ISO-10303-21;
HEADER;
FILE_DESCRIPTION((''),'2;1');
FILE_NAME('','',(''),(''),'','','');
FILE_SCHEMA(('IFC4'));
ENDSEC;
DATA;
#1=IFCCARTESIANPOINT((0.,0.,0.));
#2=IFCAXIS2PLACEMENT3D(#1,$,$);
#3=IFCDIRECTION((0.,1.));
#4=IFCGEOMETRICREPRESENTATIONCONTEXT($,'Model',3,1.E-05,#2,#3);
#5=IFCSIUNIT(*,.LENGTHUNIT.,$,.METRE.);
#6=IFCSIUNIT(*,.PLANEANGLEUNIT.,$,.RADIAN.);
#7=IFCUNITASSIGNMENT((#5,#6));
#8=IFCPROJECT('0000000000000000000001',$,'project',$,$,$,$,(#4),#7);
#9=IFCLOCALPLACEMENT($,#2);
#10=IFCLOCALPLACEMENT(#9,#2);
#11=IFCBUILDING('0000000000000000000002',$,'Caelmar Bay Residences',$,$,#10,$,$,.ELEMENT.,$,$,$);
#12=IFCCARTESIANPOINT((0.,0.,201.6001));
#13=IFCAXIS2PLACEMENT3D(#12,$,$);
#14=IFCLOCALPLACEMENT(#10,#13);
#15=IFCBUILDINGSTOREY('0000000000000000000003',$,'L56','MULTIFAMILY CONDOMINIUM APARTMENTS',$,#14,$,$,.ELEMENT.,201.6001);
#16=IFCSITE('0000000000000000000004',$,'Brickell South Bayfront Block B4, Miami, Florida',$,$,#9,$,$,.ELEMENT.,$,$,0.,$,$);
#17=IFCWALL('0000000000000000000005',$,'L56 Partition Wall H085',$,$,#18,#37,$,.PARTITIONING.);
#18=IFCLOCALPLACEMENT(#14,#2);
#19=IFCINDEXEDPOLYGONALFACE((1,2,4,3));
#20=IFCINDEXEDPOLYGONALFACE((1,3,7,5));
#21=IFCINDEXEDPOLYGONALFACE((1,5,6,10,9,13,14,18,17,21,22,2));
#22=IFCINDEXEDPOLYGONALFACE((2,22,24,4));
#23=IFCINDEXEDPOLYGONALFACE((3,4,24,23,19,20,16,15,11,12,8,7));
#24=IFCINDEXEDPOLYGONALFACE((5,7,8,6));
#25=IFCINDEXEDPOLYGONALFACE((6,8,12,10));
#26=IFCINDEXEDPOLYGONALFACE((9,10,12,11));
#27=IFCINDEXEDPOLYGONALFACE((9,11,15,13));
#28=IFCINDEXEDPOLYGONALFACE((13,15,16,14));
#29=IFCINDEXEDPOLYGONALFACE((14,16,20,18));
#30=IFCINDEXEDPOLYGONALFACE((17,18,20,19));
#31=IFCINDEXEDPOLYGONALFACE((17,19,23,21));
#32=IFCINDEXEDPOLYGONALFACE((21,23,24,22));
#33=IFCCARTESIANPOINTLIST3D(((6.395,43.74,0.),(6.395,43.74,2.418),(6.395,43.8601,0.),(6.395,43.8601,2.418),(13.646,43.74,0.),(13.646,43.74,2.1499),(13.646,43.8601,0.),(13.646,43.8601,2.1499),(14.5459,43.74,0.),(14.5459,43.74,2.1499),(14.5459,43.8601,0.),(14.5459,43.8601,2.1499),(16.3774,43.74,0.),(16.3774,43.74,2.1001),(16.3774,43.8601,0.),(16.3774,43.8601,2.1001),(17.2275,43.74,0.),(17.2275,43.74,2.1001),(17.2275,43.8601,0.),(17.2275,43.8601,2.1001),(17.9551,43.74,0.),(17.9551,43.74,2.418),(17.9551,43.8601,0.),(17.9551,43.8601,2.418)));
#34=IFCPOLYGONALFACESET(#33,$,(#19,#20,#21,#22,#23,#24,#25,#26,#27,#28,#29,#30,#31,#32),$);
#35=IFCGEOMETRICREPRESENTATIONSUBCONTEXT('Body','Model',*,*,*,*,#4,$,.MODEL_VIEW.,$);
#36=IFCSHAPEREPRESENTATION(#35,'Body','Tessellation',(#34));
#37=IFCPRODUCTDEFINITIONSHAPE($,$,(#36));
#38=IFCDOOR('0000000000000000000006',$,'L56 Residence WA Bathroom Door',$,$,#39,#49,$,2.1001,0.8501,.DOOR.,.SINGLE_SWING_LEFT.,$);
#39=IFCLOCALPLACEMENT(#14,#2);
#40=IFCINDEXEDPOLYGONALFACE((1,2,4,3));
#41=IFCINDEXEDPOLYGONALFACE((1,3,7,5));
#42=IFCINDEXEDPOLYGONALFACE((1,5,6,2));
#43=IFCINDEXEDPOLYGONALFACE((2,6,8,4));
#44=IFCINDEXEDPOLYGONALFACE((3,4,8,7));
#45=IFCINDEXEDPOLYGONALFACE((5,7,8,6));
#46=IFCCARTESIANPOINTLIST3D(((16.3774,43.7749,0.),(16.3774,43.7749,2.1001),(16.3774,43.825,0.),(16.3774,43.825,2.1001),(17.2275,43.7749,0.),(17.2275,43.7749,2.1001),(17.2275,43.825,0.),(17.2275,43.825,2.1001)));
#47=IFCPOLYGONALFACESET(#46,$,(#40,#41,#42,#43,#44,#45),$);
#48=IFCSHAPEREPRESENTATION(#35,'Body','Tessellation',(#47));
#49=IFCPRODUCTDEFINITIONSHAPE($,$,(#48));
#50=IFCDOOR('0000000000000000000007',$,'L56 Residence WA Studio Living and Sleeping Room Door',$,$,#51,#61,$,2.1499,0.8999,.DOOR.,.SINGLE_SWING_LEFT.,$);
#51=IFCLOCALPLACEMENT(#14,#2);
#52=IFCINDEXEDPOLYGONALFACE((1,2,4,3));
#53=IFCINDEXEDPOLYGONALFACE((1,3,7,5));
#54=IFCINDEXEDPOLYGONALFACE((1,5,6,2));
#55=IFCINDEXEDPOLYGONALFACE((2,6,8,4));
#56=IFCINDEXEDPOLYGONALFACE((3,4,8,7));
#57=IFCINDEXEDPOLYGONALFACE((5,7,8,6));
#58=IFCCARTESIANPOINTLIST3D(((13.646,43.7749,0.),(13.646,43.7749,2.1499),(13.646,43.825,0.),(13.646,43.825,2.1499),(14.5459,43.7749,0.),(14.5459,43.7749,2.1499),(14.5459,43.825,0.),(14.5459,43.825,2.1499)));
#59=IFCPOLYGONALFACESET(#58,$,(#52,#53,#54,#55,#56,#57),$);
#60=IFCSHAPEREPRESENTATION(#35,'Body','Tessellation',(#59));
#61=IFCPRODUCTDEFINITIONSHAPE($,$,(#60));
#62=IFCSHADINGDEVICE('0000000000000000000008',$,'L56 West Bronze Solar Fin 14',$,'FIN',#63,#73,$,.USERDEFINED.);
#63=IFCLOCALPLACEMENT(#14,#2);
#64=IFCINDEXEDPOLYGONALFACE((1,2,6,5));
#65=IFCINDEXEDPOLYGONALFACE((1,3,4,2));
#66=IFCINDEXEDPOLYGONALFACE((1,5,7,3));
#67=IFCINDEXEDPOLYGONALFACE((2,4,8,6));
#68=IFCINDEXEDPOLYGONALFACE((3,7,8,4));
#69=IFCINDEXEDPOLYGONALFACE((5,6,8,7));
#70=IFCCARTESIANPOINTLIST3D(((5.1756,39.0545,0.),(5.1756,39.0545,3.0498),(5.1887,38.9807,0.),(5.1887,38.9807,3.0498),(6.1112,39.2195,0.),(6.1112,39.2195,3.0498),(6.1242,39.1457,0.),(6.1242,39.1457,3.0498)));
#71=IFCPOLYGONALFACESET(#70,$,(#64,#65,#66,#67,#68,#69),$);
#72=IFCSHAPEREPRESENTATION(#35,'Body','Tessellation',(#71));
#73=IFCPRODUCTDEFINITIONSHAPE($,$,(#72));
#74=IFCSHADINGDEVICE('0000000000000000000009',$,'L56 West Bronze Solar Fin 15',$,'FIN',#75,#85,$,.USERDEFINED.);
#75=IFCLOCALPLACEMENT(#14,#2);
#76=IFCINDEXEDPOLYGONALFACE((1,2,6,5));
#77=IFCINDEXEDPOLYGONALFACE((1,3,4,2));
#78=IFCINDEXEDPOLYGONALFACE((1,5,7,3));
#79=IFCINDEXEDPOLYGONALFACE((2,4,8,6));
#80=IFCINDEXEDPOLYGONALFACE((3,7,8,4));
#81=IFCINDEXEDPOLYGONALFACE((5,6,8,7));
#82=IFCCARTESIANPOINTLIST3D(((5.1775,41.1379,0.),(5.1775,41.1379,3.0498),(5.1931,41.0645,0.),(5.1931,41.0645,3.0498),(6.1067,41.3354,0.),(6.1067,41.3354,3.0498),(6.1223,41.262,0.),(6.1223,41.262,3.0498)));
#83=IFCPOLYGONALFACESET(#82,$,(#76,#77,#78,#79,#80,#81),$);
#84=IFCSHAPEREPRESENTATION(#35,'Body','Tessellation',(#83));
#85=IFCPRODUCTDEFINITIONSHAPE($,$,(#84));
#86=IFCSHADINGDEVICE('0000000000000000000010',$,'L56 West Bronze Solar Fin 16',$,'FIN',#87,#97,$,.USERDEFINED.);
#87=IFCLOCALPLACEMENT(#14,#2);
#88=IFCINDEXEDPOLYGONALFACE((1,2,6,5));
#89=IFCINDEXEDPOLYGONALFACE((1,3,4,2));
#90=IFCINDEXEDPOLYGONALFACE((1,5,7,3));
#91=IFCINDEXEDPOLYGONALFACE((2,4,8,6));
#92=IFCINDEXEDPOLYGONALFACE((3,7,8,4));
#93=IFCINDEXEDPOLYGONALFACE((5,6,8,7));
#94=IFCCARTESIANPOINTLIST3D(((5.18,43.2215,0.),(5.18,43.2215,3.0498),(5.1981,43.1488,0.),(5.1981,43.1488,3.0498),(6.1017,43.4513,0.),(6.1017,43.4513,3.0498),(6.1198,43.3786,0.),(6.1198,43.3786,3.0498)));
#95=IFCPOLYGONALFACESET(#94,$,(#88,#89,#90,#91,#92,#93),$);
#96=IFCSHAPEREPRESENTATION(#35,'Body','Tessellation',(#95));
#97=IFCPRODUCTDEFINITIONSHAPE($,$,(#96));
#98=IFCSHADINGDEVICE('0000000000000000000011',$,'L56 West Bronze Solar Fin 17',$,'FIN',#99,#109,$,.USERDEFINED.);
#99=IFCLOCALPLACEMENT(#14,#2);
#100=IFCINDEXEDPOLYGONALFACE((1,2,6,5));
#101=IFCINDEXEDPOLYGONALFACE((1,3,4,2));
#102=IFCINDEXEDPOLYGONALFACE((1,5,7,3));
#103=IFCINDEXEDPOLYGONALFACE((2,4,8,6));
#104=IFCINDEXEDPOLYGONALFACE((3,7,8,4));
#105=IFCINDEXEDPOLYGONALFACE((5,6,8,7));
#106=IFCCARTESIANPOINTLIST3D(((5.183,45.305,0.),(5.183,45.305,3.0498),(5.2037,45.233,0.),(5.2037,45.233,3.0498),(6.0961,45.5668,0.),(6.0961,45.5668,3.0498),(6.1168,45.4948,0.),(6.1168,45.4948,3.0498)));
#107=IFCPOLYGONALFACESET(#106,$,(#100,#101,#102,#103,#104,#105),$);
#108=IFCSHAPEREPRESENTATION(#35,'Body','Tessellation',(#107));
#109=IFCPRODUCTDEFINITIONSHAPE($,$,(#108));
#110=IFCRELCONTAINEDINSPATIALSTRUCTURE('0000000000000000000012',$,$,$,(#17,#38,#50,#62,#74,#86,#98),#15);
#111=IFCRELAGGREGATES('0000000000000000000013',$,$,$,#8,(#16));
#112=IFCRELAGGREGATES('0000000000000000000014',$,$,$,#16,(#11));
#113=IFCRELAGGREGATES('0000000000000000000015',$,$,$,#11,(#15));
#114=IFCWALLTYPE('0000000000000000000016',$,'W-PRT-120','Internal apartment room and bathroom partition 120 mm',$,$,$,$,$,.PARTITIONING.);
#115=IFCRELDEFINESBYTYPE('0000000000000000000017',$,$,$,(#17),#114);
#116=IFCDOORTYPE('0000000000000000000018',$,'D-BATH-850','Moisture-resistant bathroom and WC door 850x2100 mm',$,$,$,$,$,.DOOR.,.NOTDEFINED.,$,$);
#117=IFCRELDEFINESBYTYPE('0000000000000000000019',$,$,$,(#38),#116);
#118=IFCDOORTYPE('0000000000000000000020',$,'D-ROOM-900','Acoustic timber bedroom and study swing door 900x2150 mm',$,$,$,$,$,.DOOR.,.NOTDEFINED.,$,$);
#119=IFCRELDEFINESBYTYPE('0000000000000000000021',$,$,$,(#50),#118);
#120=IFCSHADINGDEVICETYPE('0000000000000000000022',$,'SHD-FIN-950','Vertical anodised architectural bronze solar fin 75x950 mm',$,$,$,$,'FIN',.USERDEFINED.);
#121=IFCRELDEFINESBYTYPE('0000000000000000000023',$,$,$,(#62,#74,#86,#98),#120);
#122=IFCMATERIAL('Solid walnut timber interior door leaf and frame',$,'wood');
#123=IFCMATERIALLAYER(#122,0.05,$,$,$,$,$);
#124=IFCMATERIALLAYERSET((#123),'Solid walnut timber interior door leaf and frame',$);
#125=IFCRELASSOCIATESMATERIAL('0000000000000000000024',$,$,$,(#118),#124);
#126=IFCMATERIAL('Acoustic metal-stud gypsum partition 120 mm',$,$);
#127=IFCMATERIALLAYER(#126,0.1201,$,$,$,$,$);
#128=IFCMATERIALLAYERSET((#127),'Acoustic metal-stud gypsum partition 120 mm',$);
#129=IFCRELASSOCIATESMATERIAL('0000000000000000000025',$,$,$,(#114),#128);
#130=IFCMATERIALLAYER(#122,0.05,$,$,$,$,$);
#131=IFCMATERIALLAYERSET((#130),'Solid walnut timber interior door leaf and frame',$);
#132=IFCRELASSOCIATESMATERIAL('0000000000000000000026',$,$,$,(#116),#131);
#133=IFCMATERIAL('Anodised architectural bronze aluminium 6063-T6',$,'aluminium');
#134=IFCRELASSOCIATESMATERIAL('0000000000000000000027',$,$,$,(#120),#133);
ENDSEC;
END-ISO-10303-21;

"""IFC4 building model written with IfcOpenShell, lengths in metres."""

from ifc_helpers import new_model, si_unit, direction, frame, frame_2d, origin, origin_2d, place, context, subcontext, project, spatial, rectangle, extrude, material, layer, layer_set, material_profile, profile_set, type_object, element, fill, save


model = new_model("IFC4")

# Units and contexts
model_context = context("Model", 3, precision=1e-05, world=origin(), true_north=direction((0.0, 1.0)))
body_context = subcontext(model_context, "Body", "Model", "MODEL_VIEW")
ifc_project = project(units=[si_unit("LENGTHUNIT", "METRE"), si_unit("PLANEANGLEUNIT", "RADIAN")], contexts=[model_context])

# Site, building, storey
site_placement = place(None, origin())
site = spatial("IfcSite", under=ifc_project, at=site_placement, Name="Brickell South Bayfront Block B4, Miami, Florida", CompositionType="ELEMENT", RefElevation=0.0)
building_placement = place(site_placement, origin())
building = spatial("IfcBuilding", under=site, at=building_placement, Name="Caelmar Bay Residences", CompositionType="ELEMENT")
storey_placement = place(building_placement, frame((0.0, 0.0, 201.6001)))
storey = spatial("IfcBuildingStorey", under=building, at=storey_placement, Name="L56", Description="MULTIFAMILY CONDOMINIUM APARTMENTS", CompositionType="ELEMENT", Elevation=201.6001)

# Shared definitions
ifc_material_1 = material(Name="Solid walnut timber interior door leaf and frame", Category="wood")
ifc_layer_1 = layer(ifc_material_1, 0.05)
ifc_layer_set_1 = layer_set([ifc_layer_1], Name="Solid walnut timber interior door leaf and frame")
door_type_1 = type_object("IfcDoorType", Name="D-ROOM-900", Description="Acoustic timber bedroom and study swing door 900x2150 mm", OperationType="NOTDEFINED", PredefinedType="DOOR", material=ifc_layer_set_1)
ifc_material_2 = material(Name="Acoustic metal-stud gypsum partition 120 mm")
ifc_layer_2 = layer(ifc_material_2, 0.1201)
ifc_layer_set_2 = layer_set([ifc_layer_2], Name="Acoustic metal-stud gypsum partition 120 mm")
wall_type_1 = type_object("IfcWallType", Name="W-PRT-120", Description="Internal apartment room and bathroom partition 120 mm", PredefinedType="PARTITIONING", material=ifc_layer_set_2)

# Wall, openings, doors
wall_1_placement = place(storey_placement, frame((6.395, 43.8, 0.0), z_axis=(0.0, 0.0, 1.0), x_axis=(1.0, 0.0, 0.0)))
wall_1 = element("IfcWall", 1, at=wall_1_placement, inside=storey, type_object=wall_type_1, Name="L56 Partition Wall H085", PredefinedType="PARTITIONING", context=body_context, shape_type="SweptSolid", body=[
    extrude(rectangle(XDim=11.5601, YDim=0.1201, at=frame_2d((5.78, 0.0))), origin(), (0.0, 0.0, 1.0), 2.418),
])
opening_1_placement = place(wall_1_placement, frame((7.251, 0.0, 0.0)))
opening_1 = element("IfcOpeningElement", 2, at=opening_1_placement, cuts=wall_1, PredefinedType="OPENING", context=body_context, shape_type="SweptSolid", body=[
    extrude(rectangle(XDim=0.8999, YDim=2.1499, at=frame_2d((0.45, 1.075))), frame((0.0, 0.0701, 0.0), z_axis=(0.0, -1.0, 0.0), x_axis=(1.0, 0.0, 0.0)), (0.0, 0.0, 1.0), 0.1401),
])
opening_2_placement = place(wall_1_placement, frame((9.9824, 0.0, 0.0)))
opening_2 = element("IfcOpeningElement", 3, at=opening_2_placement, cuts=wall_1, PredefinedType="OPENING", context=body_context, shape_type="SweptSolid", body=[
    extrude(rectangle(XDim=0.8501, YDim=2.1001, at=frame_2d((0.425, 1.05))), frame((0.0, 0.0701, 0.0), z_axis=(0.0, -1.0, 0.0), x_axis=(1.0, 0.0, 0.0)), (0.0, 0.0, 1.0), 0.1401),
])
ifc_layer_3 = layer(ifc_material_1, 0.05)
ifc_layer_set_3 = layer_set([ifc_layer_3], Name="Solid walnut timber interior door leaf and frame")
door_type_2 = type_object("IfcDoorType", Name="D-BATH-850", Description="Moisture-resistant bathroom and WC door 850x2100 mm", OperationType="NOTDEFINED", PredefinedType="DOOR", material=ifc_layer_set_3)
door_1_placement = place(opening_2_placement, origin())
door_1 = element("IfcDoor", 4, at=door_1_placement, inside=storey, type_object=door_type_2, Name="L56 Residence WA Bathroom Door", OperationType="SINGLE_SWING_LEFT", OverallHeight=2.1001, OverallWidth=0.8501, PredefinedType="DOOR", context=body_context, shape_type="SweptSolid", body=[
    extrude(rectangle(XDim=0.8501, YDim=2.1001, at=frame_2d((0.425, 1.05))), frame((0.0, 0.0249, 0.0), z_axis=(0.0, -1.0, 0.0), x_axis=(1.0, 0.0, 0.0)), (0.0, 0.0, 1.0), 0.05),
])
fill(opening_2, door_1)
door_2_placement = place(opening_1_placement, origin())
door_2 = element("IfcDoor", 5, at=door_2_placement, inside=storey, type_object=door_type_1, Name="L56 Residence WA Studio Living and Sleeping Room Door", OperationType="SINGLE_SWING_LEFT", OverallHeight=2.1499, OverallWidth=0.8999, PredefinedType="DOOR", context=body_context, shape_type="SweptSolid", body=[
    extrude(rectangle(XDim=0.8999, YDim=2.1499, at=frame_2d((0.45, 1.075))), frame((0.0, 0.0249, 0.0), z_axis=(0.0, -1.0, 0.0), x_axis=(1.0, 0.0, 0.0)), (0.0, 0.0, 1.0), 0.05),
])
fill(opening_1, door_2)

# Shading devices
ifc_material_3 = material(Name="Anodised architectural bronze aluminium 6063-T6", Category="aluminium")
ifc_material_profile_1 = material_profile(ifc_material_3, rectangle(XDim=0.075, YDim=0.95, at=origin_2d()), Name="BRONZE-FIN-75X950")
ifc_profile_set_1 = profile_set([ifc_material_profile_1], Name="Anodised architectural bronze aluminium 6063-T6")
shading_device_type = type_object("IfcShadingDeviceType", Name="SHD-FIN-950", Description="Vertical anodised architectural bronze solar fin 75x950 mm", ElementType="FIN", PredefinedType="USERDEFINED", material=ifc_profile_set_1)
for number, where, z_axis, x_axis, name in (
    (6, (5.6499, 39.1001, 0.0), (0.0, 0.0, 1.0), (-0.173648, 0.984808, 0.0), "L56 West Bronze Solar Fin 14"),
    (7, (5.6499, 41.2, 0.0), (0.0, 0.0, 1.0), (-0.207912, 0.978148, 0.0), "L56 West Bronze Solar Fin 15"),
    (8, (5.6499, 43.3, 0.0), (0.0, 0.0, 1.0), (-0.241922, 0.970296, 0.0), "L56 West Bronze Solar Fin 16"),
    (9, (5.6499, 45.3999, 0.0), (0.0, 0.0, 1.0), (-0.275637, 0.961262, 0.0), "L56 West Bronze Solar Fin 17"),
):
    element("IfcShadingDevice", number, at=place(storey_placement, frame(where, z_axis=z_axis, x_axis=x_axis)), inside=storey, type_object=shading_device_type, Name=name, ObjectType="FIN", PredefinedType="USERDEFINED", context=body_context, shape_type="SweptSolid", body=[
        extrude(rectangle(XDim=0.075, YDim=0.95, at=origin_2d()), origin(), (0.0, 0.0, 1.0), 3.0498),
    ])

save(model, "model.ifc")
